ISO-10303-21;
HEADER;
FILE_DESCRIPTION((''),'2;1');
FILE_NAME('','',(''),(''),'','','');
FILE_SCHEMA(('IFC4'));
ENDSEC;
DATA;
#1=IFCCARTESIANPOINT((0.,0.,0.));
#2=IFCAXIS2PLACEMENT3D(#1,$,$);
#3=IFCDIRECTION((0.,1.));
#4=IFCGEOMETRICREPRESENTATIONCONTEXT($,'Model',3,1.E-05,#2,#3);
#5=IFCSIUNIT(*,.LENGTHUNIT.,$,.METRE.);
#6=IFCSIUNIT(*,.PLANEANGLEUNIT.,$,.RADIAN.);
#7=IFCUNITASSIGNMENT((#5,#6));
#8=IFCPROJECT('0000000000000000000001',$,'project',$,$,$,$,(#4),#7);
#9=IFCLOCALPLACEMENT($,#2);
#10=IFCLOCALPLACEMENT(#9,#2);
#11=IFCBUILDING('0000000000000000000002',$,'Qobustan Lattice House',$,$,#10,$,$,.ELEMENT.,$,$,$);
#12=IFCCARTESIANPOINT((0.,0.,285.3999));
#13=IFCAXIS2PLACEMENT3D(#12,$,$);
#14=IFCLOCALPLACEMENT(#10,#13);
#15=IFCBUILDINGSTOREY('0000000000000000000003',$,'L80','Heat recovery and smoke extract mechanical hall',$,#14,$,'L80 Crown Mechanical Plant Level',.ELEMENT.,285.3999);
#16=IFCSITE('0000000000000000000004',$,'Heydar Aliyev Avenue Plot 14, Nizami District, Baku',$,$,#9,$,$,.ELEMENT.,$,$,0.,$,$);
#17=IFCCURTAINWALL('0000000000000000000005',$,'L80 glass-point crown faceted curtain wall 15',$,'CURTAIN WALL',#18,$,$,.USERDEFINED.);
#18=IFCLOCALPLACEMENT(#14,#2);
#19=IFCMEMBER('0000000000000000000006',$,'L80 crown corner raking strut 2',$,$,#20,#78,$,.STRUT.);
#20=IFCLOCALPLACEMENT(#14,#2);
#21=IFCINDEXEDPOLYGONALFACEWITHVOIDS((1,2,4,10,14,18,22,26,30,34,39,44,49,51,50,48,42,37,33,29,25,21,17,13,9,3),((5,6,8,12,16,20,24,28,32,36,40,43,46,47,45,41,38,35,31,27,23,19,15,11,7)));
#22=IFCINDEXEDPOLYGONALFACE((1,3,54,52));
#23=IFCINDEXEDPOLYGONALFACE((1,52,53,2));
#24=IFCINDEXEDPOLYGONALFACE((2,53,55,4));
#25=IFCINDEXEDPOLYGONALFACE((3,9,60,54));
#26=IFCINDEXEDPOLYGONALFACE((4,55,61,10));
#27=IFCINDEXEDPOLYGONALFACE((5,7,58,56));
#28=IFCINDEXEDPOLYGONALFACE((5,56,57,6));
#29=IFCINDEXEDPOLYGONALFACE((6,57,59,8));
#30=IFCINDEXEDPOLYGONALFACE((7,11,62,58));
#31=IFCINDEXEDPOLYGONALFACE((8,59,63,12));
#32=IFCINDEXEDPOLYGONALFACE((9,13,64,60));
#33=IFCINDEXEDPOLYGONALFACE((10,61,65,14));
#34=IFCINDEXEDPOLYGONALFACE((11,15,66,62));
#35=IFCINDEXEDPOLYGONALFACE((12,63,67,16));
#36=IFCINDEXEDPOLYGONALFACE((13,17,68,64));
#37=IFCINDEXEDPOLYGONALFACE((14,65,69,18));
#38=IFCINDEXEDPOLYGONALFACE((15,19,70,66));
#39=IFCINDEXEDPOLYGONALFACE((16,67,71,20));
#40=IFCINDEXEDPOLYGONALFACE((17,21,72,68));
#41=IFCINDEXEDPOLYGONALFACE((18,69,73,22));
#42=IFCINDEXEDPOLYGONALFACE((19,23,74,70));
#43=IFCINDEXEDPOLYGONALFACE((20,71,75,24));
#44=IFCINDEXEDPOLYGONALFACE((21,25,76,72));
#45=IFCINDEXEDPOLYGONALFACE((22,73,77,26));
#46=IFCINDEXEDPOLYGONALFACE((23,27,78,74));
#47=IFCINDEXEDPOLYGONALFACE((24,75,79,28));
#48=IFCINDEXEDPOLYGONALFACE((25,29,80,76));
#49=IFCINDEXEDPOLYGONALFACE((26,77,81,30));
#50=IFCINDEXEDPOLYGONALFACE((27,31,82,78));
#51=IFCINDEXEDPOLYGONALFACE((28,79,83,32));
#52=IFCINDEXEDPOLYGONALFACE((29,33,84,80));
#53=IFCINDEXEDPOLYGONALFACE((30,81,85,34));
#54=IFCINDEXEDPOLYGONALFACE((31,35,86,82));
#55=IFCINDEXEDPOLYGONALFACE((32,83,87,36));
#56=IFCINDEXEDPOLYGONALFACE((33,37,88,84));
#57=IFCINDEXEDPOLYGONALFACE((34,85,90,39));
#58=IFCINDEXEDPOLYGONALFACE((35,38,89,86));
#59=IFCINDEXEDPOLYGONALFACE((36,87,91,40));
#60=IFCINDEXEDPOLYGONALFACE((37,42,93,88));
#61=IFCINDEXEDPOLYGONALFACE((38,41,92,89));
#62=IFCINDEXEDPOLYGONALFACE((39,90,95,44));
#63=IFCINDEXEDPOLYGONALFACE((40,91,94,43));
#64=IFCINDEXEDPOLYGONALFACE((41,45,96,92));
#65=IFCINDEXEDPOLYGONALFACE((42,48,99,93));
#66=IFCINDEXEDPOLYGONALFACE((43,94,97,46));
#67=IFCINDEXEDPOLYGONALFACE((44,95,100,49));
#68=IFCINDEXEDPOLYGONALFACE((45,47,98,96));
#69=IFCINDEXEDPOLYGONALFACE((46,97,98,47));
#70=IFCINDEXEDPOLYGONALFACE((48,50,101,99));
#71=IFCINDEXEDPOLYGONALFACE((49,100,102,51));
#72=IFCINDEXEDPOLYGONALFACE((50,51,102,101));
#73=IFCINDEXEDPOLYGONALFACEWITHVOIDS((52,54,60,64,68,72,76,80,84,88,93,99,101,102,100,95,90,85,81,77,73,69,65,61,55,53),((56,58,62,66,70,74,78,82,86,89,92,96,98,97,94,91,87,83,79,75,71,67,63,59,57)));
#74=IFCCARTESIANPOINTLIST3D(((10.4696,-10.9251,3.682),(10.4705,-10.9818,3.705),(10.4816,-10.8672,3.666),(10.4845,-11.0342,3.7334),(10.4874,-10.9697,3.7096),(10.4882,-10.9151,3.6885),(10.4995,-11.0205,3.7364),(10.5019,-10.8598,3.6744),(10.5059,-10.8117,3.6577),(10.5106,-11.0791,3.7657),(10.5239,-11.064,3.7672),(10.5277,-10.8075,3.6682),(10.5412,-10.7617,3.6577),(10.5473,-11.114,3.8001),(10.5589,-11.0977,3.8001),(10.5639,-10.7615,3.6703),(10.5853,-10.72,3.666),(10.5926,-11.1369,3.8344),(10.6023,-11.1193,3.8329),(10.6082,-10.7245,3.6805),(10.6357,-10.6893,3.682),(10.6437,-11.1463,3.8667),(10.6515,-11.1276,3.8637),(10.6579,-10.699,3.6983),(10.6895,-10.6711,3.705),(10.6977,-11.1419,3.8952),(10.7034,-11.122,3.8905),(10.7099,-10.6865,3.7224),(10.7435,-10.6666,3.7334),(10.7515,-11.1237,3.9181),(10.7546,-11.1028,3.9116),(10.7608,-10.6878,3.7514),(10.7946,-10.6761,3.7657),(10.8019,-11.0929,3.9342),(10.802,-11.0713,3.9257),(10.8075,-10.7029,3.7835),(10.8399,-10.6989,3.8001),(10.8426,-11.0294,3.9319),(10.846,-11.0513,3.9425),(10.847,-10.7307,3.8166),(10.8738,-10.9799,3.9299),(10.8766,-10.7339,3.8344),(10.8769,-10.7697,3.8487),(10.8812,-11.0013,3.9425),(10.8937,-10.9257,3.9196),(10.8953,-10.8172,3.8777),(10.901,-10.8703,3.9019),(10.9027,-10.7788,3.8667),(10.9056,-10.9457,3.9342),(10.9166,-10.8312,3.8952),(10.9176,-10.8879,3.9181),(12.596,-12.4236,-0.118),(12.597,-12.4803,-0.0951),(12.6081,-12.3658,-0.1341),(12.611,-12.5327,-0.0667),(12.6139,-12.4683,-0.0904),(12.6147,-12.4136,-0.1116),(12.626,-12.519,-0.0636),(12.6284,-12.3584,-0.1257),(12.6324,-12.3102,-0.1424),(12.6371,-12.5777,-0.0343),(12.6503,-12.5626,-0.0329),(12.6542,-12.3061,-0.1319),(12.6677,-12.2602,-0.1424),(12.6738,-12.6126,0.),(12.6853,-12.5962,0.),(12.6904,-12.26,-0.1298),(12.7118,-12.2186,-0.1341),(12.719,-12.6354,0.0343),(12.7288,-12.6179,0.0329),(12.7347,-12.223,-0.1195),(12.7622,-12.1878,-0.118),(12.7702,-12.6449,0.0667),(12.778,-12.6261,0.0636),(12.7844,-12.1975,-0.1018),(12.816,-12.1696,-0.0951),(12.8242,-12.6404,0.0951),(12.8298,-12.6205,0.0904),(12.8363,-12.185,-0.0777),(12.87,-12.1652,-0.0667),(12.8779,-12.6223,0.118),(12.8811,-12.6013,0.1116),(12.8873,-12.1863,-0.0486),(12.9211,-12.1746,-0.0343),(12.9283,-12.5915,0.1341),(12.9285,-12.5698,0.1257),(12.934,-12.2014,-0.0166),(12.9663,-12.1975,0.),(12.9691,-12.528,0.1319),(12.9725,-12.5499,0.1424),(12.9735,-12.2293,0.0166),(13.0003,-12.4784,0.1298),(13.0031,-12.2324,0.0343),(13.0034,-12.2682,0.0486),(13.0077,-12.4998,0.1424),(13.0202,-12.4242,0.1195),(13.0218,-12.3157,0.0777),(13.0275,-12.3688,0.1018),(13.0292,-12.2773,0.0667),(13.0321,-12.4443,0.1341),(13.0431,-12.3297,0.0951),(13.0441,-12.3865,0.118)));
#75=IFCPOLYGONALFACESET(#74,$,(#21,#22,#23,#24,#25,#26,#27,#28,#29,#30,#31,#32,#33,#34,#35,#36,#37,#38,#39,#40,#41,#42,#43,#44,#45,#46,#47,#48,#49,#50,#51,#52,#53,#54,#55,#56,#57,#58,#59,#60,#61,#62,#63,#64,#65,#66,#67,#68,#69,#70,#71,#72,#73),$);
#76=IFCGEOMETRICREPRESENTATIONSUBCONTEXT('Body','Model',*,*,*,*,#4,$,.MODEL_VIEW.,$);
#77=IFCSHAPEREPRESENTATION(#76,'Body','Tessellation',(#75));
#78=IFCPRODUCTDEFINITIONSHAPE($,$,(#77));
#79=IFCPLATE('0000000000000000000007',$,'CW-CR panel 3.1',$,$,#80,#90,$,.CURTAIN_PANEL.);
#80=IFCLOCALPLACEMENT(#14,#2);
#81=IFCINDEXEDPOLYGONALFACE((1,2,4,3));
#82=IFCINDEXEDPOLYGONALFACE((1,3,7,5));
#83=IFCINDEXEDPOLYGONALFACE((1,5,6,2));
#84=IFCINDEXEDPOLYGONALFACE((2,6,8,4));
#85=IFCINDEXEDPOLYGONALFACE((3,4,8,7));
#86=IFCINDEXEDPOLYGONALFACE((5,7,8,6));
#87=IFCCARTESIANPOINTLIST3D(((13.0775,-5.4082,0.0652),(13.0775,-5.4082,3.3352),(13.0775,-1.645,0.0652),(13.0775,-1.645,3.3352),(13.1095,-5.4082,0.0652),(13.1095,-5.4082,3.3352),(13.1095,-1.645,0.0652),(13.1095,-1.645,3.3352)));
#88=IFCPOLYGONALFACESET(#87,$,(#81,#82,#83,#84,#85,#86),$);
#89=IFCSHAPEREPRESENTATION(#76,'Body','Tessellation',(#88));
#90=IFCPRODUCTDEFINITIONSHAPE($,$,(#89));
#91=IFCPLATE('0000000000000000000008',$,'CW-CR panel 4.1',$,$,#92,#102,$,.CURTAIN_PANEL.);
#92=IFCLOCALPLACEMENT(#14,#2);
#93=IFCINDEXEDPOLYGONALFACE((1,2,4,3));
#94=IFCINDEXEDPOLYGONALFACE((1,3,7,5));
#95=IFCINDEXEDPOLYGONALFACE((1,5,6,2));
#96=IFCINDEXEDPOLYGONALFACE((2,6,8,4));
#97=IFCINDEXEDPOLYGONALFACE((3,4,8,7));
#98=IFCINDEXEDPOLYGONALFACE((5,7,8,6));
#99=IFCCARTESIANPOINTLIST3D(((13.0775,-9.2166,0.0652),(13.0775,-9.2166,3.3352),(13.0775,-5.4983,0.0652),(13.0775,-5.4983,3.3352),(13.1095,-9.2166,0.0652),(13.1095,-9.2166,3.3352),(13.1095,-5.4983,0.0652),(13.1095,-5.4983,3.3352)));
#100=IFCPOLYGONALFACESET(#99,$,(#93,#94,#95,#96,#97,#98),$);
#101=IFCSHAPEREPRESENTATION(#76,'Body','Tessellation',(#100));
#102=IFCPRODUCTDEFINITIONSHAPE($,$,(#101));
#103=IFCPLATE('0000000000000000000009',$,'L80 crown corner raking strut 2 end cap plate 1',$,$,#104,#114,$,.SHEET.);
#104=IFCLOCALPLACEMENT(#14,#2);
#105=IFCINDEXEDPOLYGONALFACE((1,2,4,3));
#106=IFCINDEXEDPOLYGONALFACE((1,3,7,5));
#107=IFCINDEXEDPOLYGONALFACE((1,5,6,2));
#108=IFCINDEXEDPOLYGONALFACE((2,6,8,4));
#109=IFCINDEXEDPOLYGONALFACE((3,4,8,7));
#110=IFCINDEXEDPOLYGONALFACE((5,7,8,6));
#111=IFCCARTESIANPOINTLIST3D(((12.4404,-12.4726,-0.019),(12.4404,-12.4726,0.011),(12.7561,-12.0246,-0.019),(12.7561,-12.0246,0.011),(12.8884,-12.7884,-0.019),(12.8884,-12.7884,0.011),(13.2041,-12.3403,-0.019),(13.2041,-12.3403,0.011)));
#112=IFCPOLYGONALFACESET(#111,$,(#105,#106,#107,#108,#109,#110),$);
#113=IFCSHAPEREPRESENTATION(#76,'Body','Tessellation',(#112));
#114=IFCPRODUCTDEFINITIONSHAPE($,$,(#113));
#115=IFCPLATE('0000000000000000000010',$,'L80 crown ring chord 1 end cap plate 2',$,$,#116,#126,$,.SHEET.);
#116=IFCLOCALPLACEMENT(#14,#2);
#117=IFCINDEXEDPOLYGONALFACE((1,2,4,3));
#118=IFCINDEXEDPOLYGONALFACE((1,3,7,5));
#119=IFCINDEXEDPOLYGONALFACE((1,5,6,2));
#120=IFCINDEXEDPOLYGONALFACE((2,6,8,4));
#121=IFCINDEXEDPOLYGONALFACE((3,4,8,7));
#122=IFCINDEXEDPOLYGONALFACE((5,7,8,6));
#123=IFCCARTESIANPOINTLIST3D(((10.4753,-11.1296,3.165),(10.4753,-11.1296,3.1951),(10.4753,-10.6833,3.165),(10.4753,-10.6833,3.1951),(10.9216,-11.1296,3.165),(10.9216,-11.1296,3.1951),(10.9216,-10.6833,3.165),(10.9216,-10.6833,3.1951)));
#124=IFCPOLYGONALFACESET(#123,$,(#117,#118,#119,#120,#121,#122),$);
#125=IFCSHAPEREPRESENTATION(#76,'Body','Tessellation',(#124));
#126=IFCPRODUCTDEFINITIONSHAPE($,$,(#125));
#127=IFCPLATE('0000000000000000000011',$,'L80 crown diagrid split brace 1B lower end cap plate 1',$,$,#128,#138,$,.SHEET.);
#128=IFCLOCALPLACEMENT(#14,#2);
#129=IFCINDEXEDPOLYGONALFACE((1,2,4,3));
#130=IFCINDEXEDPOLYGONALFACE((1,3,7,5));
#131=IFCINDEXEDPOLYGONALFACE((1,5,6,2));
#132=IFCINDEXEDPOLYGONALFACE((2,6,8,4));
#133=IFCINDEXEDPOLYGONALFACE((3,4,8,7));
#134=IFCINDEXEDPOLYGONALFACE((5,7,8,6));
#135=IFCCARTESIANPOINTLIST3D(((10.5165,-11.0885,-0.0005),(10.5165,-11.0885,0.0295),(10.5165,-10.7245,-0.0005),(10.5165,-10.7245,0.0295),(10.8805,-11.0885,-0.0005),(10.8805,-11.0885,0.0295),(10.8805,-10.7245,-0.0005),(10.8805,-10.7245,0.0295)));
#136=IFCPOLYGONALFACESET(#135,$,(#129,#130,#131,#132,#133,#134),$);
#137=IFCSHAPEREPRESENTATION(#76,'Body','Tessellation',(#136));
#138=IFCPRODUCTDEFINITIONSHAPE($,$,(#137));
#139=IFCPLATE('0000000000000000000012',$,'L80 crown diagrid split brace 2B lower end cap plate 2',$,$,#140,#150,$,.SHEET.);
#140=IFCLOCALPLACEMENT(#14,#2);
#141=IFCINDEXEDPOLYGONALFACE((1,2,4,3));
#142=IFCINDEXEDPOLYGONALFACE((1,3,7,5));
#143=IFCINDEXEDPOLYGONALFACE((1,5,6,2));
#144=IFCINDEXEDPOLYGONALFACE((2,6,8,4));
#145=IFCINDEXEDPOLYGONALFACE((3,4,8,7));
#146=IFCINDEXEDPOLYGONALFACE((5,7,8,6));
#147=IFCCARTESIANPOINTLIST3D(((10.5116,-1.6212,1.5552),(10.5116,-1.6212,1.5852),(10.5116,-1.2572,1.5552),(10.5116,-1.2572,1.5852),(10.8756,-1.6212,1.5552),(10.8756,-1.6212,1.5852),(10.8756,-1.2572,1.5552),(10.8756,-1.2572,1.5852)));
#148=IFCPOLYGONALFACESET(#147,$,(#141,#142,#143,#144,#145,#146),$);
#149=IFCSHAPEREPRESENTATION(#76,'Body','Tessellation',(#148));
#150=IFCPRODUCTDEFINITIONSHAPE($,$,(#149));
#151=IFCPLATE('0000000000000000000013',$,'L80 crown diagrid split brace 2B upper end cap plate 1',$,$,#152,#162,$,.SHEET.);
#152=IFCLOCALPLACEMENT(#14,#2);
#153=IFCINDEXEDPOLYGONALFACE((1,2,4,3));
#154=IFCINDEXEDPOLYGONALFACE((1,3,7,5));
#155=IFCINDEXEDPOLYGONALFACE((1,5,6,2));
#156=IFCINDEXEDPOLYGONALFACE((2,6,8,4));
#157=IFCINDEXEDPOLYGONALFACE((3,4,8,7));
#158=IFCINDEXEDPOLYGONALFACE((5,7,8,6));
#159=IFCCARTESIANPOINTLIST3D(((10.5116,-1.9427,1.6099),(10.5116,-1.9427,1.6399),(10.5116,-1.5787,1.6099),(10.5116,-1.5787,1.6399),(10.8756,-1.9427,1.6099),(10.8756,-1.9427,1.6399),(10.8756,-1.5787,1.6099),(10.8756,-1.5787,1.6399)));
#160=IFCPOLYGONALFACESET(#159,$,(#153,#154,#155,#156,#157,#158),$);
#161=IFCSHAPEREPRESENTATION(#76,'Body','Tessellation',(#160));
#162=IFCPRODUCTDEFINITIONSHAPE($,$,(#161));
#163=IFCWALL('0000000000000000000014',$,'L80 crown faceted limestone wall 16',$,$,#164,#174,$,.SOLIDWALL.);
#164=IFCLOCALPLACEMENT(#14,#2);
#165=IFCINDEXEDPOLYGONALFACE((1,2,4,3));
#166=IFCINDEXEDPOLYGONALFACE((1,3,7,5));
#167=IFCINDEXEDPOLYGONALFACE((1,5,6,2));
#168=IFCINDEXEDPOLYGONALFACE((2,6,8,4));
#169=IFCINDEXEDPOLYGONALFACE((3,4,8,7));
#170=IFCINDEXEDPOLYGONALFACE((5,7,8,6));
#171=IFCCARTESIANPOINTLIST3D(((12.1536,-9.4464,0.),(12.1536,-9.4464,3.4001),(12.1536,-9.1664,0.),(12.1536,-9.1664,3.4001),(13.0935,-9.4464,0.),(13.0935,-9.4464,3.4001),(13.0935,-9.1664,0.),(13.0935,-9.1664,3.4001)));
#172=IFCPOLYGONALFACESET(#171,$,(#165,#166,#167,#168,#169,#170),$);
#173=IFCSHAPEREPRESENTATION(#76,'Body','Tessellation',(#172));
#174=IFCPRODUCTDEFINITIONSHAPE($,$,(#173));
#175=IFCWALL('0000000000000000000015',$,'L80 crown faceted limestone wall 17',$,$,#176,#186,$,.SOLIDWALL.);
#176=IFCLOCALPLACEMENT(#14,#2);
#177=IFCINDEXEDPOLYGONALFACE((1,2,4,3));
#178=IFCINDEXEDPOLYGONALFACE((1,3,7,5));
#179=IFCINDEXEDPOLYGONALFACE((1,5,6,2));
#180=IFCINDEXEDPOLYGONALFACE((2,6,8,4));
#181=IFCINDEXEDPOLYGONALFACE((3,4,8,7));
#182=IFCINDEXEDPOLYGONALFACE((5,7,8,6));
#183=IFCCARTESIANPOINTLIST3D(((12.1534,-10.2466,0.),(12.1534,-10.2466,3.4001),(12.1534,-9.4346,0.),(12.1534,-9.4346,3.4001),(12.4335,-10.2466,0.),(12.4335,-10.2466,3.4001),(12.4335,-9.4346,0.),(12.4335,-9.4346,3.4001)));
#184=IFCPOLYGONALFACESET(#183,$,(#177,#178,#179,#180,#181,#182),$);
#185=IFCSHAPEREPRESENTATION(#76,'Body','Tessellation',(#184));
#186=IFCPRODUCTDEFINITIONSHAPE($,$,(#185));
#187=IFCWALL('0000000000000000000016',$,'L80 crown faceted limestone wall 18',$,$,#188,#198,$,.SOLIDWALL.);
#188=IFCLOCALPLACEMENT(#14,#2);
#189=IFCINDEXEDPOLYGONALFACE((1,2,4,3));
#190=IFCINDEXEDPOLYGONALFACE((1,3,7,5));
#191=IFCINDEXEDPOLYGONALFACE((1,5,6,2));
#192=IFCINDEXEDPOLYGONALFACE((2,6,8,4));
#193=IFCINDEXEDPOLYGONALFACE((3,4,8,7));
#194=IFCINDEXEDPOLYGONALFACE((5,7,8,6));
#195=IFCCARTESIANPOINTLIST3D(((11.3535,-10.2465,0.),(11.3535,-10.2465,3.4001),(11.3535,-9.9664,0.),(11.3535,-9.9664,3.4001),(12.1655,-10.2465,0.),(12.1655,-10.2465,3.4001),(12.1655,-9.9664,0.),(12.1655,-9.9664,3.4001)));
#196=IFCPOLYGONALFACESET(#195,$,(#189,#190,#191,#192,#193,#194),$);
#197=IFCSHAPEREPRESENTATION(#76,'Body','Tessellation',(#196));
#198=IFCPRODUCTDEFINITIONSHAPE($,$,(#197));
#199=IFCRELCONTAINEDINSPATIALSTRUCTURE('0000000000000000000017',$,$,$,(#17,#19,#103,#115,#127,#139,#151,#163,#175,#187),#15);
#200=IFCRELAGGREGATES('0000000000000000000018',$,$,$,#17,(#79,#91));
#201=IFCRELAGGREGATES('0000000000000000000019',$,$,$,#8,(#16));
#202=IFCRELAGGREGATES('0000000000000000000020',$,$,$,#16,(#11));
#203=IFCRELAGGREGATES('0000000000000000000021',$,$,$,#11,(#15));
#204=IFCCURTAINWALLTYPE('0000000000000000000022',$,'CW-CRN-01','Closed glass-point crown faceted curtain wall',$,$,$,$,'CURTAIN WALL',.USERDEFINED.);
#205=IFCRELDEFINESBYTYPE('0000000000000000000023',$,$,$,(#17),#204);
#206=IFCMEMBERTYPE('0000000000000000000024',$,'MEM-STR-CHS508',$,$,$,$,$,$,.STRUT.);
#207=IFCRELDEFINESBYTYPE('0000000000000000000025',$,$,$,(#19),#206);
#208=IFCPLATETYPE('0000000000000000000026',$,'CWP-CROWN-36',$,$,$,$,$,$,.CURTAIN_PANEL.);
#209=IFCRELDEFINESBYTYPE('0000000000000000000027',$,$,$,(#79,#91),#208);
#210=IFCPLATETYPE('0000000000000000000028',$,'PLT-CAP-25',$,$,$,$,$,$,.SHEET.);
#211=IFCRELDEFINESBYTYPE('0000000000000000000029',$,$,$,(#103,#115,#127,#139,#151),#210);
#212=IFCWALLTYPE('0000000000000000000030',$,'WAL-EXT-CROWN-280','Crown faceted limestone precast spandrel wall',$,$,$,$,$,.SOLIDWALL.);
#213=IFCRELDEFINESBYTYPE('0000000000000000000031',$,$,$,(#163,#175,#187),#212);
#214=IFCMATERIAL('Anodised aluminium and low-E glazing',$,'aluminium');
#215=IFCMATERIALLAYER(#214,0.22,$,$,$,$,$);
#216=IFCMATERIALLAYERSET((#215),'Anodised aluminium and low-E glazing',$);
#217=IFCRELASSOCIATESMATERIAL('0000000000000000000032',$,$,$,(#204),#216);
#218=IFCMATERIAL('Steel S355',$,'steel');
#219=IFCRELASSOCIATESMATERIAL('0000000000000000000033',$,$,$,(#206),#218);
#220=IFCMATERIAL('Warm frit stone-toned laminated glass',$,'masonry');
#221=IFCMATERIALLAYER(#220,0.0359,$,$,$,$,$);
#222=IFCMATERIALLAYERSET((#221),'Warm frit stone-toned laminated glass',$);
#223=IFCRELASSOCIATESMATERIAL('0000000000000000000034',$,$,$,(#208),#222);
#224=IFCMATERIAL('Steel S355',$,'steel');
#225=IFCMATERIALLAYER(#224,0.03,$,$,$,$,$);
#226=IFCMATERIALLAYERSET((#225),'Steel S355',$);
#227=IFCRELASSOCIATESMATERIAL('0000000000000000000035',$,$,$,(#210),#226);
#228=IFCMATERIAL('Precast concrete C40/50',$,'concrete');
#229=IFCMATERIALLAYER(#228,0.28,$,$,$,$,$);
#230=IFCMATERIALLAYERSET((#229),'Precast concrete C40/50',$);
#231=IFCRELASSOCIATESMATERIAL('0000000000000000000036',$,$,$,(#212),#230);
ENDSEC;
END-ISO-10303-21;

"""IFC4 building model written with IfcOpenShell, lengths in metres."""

from ifc_helpers import new_model, si_unit, direction, frame, frame_2d, origin, origin_2d, place, context, subcontext, project, spatial, rectangle, hollow_circle, extrude, material, layer, layer_set, material_profile, profile_set, type_object, element, aggregate, save


model = new_model("IFC4")

# Units and contexts
model_context = context("Model", 3, precision=1e-05, world=origin(), true_north=direction((0.0, 1.0)))
body_context = subcontext(model_context, "Body", "Model", "MODEL_VIEW")
ifc_project = project(units=[si_unit("LENGTHUNIT", "METRE"), si_unit("PLANEANGLEUNIT", "RADIAN")], contexts=[model_context])

# Site, building, storey
site_placement = place(None, origin())
site = spatial("IfcSite", under=ifc_project, at=site_placement, Name="Heydar Aliyev Avenue Plot 14, Nizami District, Baku", CompositionType="ELEMENT", RefElevation=0.0)
building_placement = place(site_placement, origin())
building = spatial("IfcBuilding", under=site, at=building_placement, Name="Qobustan Lattice House", CompositionType="ELEMENT")
storey_placement = place(building_placement, frame((0.0, 0.0, 285.3999)))
storey = spatial("IfcBuildingStorey", under=building, at=storey_placement, Name="L80", Description="Heat recovery and smoke extract mechanical hall", LongName="L80 Crown Mechanical Plant Level", CompositionType="ELEMENT", Elevation=285.3999)

# Curtain wall
ifc_material_1 = material(Name="Anodised aluminium and low-E glazing", Category="aluminium")
ifc_layer_1 = layer(ifc_material_1, 0.22)
ifc_layer_set_1 = layer_set([ifc_layer_1], Name="Anodised aluminium and low-E glazing")
curtain_wall_type = type_object("IfcCurtainWallType", Name="CW-CRN-01", Description="Closed glass-point crown faceted curtain wall", ElementType="CURTAIN WALL", PredefinedType="USERDEFINED", material=ifc_layer_set_1)
curtain_wall_1_placement = place(storey_placement, origin())
curtain_wall_1 = element("IfcCurtainWall", 1, at=curtain_wall_1_placement, inside=storey, type_object=curtain_wall_type, Name="L80 glass-point crown faceted curtain wall 15", ObjectType="CURTAIN WALL", PredefinedType="USERDEFINED")

# Member
ifc_material_2 = material(Name="Steel S355", Category="steel")
ifc_material_profile_1 = material_profile(ifc_material_2, hollow_circle(Radius=0.2539, WallThickness=0.02, at=origin_2d()), Name="CHS508x20")
ifc_profile_set_1 = profile_set([ifc_material_profile_1], Name="Steel S355")
member_type_1 = type_object("IfcMemberType", Name="MEM-STR-CHS508", PredefinedType="STRUT", material=ifc_profile_set_1)
member_1_placement = place(storey_placement, frame((12.8201, -12.405, 0.0), z_axis=(-0.461753, 0.325401, 0.825165), x_axis=(-0.576042, -0.81742, 0.0)))
element("IfcMember", 2, at=member_1_placement, inside=storey, type_object=member_type_1, Name="L80 crown corner raking strut 2", PredefinedType="STRUT", context=body_context, shape_type="SweptSolid", body=[
    extrude(hollow_circle(Radius=0.2539, WallThickness=0.02, at=origin_2d()), origin(), (0.0, 0.0, 1.0), 4.6052),
])

# Plates
ifc_material_3 = material(Name="Warm frit stone-toned laminated glass", Category="masonry")
ifc_layer_2 = layer(ifc_material_3, 0.0359)
ifc_layer_set_2 = layer_set([ifc_layer_2], Name="Warm frit stone-toned laminated glass")
plate_type_1 = type_object("IfcPlateType", Name="CWP-CROWN-36", PredefinedType="CURTAIN_PANEL", material=ifc_layer_set_2)
plate_1_placement = place(storey_placement, frame((13.0935, -3.5266, 0.0652), z_axis=(0.0, 0.0, 1.0), x_axis=(0.0, -1.0, 0.0)))
plate_1 = element("IfcPlate", 3, at=plate_1_placement, type_object=plate_type_1, Name="CW-CR panel 3.1", PredefinedType="CURTAIN_PANEL", context=body_context, shape_type="SweptSolid", body=[
    extrude(rectangle(XDim=3.7632, YDim=0.032, at=origin_2d()), origin(), (0.0, 0.0, 1.0), 3.27),
])
plate_2_placement = place(storey_placement, frame((13.0935, -7.3574, 0.0652), z_axis=(0.0, 0.0, 1.0), x_axis=(0.0, -1.0, 0.0)))
plate_2 = element("IfcPlate", 4, at=plate_2_placement, type_object=plate_type_1, Name="CW-CR panel 4.1", PredefinedType="CURTAIN_PANEL", context=body_context, shape_type="SweptSolid", body=[
    extrude(rectangle(XDim=3.7183, YDim=0.032, at=origin_2d()), origin(), (0.0, 0.0, 1.0), 3.27),
])
aggregate(curtain_wall_1, [plate_1, plate_2])

# Plates
ifc_material_4 = material(Name="Steel S355", Category="steel")
ifc_layer_3 = layer(ifc_material_4, 0.03)
ifc_layer_set_3 = layer_set([ifc_layer_3], Name="Steel S355")
plate_type_2 = type_object("IfcPlateType", Name="PLT-CAP-25", PredefinedType="SHEET", material=ifc_layer_set_3)
plate_3_placement = place(storey_placement, frame((12.8223, -12.4065, -0.019), z_axis=(0.0, 0.0, 1.0), x_axis=(-0.817426, 0.576033, 0.0)))
element("IfcPlate", 5, at=plate_3_placement, inside=storey, type_object=plate_type_2, Name="L80 crown corner raking strut 2 end cap plate 1", PredefinedType="SHEET", context=body_context, shape_type="SweptSolid", body=[
    extrude(rectangle(XDim=0.5481, YDim=0.5481, at=origin_2d()), origin(), (0.0, 0.0, 1.0), 0.03),
])
plate_4_placement = place(storey_placement, frame((10.6985, -10.9065, 3.165), z_axis=(0.0, 0.0, 1.0), x_axis=(1.0, 0.0, 0.0)))
element("IfcPlate", 6, at=plate_4_placement, inside=storey, type_object=plate_type_2, Name="L80 crown ring chord 1 end cap plate 2", PredefinedType="SHEET", context=body_context, shape_type="SweptSolid", body=[
    extrude(rectangle(XDim=0.4463, YDim=0.4463, at=origin_2d()), origin(), (0.0, 0.0, 1.0), 0.03),
])
for number, where, z_axis, x_axis, name in (
    (7, (10.6985, -10.9065, -0.0005), (0.0, 0.0, 1.0), (-1.0, 0.0, 0.0), "L80 crown diagrid split brace 1B lower end cap plate 1"),
    (8, (10.6936, -1.4392, 1.5552), (0.0, 0.0, 1.0), (0.0, -1.0, 0.0), "L80 crown diagrid split brace 2B lower end cap plate 2"),
    (9, (10.6936, -1.7607, 1.6099), (0.0, 0.0, 1.0), (0.0, -1.0, 0.0), "L80 crown diagrid split brace 2B upper end cap plate 1"),
):
    element("IfcPlate", number, at=place(storey_placement, frame(where, z_axis=z_axis, x_axis=x_axis)), inside=storey, type_object=plate_type_2, Name=name, PredefinedType="SHEET", context=body_context, shape_type="SweptSolid", body=[
        extrude(rectangle(XDim=0.364, YDim=0.364, at=origin_2d()), origin(), (0.0, 0.0, 1.0), 0.03),
    ])

# Walls
ifc_material_5 = material(Name="Precast concrete C40/50", Category="concrete")
ifc_layer_4 = layer(ifc_material_5, 0.28)
ifc_layer_set_4 = layer_set([ifc_layer_4], Name="Precast concrete C40/50")
wall_type = type_object("IfcWallType", Name="WAL-EXT-CROWN-280", Description="Crown faceted limestone precast spandrel wall", PredefinedType="SOLIDWALL", material=ifc_layer_set_4)
wall_1_placement = place(storey_placement, frame((13.0935, -9.3064, 0.0), z_axis=(0.0, 0.0, 1.0), x_axis=(-1.0, 0.0, 0.0)))
element("IfcWall", 10, at=wall_1_placement, inside=storey, type_object=wall_type, Name="L80 crown faceted limestone wall 16", PredefinedType="SOLIDWALL", context=body_context, shape_type="SweptSolid", body=[
    extrude(rectangle(XDim=0.9399, YDim=0.28, at=frame_2d((0.47, 0.0))), origin(), (0.0, 0.0, 1.0), 3.4001),
])
for number, where, z_axis, x_axis, name in (
    (11, (12.2935, -9.4346, 0.0), (0.0, 0.0, 1.0), (0.0, -1.0, 0.0), "L80 crown faceted limestone wall 17"),
    (12, (12.1655, -10.1064, 0.0), (0.0, 0.0, 1.0), (-1.0, 0.0, 0.0), "L80 crown faceted limestone wall 18"),
):
    element("IfcWall", number, at=place(storey_placement, frame(where, z_axis=z_axis, x_axis=x_axis)), inside=storey, type_object=wall_type, Name=name, PredefinedType="SOLIDWALL", context=body_context, shape_type="SweptSolid", body=[
        extrude(rectangle(XDim=0.812, YDim=0.28, at=frame_2d((0.406, 0.0))), origin(), (0.0, 0.0, 1.0), 3.4001),
    ])

save(model, "model.ifc")
